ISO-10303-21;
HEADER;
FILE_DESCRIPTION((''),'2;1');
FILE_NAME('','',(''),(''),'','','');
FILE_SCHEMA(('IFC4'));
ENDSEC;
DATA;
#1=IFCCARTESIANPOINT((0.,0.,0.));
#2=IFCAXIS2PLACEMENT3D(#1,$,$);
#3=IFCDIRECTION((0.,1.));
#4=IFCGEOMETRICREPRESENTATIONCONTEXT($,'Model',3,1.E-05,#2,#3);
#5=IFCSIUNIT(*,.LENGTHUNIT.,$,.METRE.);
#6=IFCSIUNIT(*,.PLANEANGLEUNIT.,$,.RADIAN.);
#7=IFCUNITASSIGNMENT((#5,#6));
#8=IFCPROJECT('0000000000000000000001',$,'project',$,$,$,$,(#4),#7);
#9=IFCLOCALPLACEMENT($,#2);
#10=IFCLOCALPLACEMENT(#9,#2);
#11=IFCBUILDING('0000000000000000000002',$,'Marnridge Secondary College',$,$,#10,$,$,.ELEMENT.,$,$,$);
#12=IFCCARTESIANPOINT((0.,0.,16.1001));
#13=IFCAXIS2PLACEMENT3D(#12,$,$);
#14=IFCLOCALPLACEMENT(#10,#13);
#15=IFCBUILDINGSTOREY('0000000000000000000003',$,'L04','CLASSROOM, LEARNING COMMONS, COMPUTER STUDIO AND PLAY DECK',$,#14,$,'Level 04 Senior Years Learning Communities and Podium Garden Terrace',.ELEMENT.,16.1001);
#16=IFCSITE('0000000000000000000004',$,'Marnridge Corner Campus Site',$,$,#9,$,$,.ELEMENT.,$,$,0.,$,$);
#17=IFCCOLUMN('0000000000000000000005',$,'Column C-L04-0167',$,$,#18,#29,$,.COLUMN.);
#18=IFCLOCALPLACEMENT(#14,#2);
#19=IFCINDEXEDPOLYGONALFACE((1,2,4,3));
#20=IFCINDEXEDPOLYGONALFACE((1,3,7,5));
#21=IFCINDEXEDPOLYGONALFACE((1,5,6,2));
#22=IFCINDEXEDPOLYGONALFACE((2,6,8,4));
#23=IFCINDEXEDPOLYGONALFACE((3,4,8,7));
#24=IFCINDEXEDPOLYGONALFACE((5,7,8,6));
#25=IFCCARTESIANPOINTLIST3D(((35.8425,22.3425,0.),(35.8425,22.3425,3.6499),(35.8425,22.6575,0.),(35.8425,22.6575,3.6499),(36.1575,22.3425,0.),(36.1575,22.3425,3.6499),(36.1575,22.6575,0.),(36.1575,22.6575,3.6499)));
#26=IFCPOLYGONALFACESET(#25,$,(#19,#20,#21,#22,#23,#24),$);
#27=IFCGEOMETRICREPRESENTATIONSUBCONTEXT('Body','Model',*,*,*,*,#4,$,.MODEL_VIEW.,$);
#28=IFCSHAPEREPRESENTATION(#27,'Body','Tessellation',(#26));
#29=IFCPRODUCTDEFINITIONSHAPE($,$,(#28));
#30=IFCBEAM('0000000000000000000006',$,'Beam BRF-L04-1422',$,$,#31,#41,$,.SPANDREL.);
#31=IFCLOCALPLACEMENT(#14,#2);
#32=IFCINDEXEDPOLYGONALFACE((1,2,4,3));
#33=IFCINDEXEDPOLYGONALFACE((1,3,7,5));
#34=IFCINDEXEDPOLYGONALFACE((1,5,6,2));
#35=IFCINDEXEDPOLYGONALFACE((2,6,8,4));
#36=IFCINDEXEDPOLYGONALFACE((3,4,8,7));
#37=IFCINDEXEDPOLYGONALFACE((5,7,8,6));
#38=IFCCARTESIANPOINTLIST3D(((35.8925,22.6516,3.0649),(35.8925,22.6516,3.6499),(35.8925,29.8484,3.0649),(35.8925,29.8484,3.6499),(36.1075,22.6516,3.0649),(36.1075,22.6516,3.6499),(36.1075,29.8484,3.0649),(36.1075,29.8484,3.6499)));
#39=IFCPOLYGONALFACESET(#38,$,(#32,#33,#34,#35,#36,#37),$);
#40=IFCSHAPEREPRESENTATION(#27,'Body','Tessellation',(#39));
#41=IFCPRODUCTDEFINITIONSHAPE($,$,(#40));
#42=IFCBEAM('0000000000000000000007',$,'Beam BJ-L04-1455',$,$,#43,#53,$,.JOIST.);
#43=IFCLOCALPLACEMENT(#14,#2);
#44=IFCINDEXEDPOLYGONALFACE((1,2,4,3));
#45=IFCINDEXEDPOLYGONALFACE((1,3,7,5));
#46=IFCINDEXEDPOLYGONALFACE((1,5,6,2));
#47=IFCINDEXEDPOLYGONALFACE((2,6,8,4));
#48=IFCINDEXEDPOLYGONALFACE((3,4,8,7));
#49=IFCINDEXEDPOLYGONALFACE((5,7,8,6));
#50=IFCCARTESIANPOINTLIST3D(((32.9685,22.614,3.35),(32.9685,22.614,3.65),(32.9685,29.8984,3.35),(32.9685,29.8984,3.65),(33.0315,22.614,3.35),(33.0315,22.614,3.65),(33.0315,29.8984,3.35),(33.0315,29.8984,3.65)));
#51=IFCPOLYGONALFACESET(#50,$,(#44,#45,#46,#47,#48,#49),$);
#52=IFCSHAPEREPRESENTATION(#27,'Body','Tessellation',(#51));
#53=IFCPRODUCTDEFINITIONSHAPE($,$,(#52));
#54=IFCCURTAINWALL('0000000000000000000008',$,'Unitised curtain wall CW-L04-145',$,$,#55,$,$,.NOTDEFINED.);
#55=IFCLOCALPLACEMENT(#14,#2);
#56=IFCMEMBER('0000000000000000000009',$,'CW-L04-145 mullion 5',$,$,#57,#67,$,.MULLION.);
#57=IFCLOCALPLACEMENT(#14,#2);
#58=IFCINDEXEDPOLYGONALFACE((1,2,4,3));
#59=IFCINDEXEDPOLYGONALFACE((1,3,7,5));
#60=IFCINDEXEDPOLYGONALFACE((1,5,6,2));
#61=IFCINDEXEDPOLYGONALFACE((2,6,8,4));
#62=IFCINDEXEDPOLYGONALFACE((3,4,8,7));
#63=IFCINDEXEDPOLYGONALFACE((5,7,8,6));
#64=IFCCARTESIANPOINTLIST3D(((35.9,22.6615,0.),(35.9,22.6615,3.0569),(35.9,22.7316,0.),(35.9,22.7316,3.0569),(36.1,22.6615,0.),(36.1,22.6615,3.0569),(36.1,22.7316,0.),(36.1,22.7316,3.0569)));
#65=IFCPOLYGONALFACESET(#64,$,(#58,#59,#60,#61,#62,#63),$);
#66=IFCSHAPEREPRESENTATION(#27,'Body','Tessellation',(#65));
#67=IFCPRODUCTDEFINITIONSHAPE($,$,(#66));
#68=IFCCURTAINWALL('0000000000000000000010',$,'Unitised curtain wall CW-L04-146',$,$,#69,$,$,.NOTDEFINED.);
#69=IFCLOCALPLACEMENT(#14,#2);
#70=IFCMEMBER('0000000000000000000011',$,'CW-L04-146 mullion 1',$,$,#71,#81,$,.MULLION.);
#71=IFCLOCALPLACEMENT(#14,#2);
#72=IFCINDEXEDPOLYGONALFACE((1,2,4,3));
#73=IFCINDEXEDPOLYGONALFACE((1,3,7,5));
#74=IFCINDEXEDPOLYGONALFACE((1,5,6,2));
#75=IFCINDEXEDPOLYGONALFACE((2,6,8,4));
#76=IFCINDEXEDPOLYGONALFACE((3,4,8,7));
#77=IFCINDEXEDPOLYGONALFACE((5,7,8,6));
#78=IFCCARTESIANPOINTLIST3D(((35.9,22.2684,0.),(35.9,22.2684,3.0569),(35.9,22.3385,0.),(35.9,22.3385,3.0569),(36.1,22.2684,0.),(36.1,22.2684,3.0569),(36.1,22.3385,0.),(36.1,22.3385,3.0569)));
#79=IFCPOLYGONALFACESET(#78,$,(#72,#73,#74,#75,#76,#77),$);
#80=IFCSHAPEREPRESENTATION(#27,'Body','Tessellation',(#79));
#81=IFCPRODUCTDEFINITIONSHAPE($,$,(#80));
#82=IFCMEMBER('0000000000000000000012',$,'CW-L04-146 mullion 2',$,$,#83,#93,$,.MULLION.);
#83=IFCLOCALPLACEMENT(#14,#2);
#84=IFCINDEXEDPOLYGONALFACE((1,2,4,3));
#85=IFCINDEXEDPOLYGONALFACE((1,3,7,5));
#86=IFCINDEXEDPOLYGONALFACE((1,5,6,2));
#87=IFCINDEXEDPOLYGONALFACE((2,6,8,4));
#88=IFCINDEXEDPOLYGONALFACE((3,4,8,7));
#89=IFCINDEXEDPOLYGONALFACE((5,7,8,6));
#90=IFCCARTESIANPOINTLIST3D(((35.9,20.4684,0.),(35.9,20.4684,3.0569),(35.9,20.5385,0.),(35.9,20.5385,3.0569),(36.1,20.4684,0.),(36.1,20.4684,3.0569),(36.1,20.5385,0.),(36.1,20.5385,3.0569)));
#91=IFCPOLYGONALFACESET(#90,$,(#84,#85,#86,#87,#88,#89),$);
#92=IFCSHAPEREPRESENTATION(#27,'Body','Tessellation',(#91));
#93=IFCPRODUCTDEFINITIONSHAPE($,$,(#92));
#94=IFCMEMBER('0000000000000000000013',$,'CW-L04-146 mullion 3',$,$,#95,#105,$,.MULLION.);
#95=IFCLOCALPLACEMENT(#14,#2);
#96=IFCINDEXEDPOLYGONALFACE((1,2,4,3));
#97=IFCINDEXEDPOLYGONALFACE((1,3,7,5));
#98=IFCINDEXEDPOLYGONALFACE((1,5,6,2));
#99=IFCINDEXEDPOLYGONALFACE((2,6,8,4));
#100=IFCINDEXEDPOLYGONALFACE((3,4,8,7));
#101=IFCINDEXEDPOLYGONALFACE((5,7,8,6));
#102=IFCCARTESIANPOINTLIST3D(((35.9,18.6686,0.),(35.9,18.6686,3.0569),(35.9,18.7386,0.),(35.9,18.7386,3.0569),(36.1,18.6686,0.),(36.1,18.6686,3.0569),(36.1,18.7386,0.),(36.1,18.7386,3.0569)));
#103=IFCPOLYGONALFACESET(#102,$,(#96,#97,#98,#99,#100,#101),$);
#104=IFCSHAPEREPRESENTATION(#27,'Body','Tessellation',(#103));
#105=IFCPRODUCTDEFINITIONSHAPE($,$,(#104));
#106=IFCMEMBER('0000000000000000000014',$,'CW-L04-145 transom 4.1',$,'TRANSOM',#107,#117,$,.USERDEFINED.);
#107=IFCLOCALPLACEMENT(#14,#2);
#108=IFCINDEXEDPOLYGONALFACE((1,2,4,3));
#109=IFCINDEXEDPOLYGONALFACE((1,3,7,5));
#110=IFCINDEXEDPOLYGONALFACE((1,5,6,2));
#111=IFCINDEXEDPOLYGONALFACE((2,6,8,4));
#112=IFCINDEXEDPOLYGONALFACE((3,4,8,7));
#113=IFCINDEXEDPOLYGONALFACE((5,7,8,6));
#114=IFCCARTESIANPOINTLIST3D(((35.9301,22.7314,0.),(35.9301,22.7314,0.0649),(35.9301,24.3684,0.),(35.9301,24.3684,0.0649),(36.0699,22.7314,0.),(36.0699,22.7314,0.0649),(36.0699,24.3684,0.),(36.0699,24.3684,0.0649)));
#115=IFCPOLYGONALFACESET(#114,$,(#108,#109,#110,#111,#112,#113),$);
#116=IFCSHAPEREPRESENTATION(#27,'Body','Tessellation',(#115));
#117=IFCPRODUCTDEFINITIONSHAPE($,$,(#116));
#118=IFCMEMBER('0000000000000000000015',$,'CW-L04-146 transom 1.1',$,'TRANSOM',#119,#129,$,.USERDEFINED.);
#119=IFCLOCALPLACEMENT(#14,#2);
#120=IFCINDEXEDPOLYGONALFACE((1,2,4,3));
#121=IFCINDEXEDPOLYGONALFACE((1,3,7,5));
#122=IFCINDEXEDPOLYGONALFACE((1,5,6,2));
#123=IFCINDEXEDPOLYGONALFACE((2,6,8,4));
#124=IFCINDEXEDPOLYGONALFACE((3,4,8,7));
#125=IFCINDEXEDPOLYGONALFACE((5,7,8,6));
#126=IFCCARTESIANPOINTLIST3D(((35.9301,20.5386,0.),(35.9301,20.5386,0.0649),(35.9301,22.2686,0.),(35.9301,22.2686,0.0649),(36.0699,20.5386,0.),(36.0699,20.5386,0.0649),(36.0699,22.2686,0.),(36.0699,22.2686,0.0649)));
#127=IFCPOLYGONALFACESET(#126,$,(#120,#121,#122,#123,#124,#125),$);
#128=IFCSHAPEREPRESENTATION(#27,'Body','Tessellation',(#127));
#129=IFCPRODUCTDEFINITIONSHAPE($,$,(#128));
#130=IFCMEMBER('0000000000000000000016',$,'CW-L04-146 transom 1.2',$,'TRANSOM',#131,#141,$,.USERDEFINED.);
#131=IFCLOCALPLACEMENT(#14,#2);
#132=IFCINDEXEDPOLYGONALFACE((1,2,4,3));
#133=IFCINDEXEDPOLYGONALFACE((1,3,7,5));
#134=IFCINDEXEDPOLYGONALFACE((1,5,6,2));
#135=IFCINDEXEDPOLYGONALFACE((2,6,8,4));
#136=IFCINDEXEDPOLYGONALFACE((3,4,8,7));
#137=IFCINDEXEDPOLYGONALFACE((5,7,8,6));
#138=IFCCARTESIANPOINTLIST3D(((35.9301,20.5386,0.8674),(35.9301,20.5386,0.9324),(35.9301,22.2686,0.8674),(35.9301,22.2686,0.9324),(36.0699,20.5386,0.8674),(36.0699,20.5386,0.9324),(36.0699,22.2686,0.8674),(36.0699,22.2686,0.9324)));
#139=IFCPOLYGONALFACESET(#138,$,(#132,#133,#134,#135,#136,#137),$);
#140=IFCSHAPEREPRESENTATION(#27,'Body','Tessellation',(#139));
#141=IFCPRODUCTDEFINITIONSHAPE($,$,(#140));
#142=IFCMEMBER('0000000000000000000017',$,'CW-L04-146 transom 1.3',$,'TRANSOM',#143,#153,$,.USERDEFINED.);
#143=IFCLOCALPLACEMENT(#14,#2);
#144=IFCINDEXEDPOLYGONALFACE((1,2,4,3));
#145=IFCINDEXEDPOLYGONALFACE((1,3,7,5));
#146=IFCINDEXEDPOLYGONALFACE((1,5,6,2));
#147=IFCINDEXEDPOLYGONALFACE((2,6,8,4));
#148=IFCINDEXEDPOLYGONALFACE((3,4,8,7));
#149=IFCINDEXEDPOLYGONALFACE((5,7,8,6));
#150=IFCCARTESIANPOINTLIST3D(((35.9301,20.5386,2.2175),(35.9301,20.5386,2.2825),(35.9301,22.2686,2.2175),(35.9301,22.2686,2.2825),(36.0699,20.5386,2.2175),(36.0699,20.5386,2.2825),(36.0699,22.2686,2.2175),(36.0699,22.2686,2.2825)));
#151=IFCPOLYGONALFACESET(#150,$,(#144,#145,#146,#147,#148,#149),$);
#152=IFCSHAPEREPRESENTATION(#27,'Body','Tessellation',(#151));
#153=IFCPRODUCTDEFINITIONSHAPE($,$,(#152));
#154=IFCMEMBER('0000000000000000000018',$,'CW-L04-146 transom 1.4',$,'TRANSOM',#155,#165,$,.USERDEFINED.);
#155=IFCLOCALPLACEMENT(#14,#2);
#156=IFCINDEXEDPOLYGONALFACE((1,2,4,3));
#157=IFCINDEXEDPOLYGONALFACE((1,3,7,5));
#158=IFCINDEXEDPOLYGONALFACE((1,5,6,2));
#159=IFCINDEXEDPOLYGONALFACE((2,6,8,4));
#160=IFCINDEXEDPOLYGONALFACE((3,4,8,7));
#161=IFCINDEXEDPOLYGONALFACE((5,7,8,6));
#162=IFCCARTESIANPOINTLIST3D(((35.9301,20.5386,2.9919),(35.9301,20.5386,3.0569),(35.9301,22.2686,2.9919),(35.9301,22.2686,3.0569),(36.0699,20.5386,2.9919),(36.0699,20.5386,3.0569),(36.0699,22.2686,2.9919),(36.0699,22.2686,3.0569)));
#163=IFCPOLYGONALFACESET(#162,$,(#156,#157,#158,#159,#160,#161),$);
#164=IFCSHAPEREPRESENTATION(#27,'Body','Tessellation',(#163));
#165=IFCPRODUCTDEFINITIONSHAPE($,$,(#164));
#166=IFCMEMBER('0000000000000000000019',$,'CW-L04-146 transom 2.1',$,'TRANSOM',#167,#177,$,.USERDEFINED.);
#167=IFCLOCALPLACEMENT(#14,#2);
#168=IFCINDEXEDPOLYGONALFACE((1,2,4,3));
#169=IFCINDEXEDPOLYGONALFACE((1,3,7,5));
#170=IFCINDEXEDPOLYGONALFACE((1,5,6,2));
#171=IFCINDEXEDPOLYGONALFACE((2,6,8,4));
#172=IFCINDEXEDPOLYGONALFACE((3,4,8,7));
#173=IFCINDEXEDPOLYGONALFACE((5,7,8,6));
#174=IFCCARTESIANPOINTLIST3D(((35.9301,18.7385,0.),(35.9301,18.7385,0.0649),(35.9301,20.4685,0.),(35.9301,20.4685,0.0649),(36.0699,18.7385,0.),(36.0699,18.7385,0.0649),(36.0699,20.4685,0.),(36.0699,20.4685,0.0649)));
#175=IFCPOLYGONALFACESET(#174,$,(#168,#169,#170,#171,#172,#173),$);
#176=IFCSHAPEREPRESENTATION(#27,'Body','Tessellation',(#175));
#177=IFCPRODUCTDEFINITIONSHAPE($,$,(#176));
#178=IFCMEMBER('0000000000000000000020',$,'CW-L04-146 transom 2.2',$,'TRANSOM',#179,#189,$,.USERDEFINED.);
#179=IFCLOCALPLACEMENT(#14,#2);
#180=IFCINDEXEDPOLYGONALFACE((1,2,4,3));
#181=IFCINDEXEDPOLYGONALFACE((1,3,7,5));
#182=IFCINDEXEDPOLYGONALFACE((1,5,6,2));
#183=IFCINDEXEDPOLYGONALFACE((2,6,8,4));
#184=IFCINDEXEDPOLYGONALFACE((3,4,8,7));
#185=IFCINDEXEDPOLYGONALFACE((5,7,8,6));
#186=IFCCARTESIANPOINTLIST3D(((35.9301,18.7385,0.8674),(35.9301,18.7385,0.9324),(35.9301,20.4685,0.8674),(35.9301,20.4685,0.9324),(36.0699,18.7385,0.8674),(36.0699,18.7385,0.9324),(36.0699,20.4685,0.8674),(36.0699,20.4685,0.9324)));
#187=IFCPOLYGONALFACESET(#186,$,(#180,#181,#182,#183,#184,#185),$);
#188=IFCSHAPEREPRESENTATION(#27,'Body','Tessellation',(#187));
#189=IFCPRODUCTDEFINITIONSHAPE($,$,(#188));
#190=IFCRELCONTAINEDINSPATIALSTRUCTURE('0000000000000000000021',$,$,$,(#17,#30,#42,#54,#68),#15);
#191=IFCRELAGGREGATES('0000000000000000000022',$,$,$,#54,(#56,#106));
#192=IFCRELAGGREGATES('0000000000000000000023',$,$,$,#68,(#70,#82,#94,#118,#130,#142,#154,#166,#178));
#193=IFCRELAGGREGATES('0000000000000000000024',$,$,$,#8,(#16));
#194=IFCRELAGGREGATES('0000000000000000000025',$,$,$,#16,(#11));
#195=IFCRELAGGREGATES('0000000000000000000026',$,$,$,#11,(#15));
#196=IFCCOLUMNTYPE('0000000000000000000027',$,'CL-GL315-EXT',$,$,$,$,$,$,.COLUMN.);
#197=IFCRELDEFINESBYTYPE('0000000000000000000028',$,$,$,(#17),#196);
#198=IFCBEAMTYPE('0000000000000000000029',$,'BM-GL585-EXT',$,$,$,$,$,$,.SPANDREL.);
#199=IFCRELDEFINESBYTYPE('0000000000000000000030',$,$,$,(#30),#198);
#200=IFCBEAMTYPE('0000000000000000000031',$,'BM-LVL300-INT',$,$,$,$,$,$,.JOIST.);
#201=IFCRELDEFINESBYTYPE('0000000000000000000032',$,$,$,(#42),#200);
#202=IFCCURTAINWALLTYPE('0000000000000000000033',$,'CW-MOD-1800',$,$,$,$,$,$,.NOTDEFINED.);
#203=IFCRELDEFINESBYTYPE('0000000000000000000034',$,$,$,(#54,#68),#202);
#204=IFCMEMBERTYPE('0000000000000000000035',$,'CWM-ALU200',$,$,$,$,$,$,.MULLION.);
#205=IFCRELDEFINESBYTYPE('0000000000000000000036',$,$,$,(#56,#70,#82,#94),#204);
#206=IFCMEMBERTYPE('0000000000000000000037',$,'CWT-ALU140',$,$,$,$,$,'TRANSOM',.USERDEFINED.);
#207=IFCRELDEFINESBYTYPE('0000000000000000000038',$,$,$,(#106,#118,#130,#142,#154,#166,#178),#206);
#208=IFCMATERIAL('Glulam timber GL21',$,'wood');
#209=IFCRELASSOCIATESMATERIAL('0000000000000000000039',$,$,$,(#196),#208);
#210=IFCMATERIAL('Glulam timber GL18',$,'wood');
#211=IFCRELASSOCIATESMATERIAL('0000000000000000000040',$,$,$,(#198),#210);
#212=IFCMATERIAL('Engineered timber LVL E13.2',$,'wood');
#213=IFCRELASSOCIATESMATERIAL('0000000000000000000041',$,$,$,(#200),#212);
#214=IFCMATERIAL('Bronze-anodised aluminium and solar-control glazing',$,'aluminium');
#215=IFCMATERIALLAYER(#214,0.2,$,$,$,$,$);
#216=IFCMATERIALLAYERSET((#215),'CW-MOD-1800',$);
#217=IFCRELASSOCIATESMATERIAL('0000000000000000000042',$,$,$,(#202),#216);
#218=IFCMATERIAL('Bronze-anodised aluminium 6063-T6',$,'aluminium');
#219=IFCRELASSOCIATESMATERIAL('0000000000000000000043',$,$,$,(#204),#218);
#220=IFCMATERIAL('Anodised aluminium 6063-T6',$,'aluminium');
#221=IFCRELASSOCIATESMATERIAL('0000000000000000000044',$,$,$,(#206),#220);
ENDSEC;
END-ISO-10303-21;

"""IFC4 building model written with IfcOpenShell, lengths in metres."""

from ifc_helpers import new_model, si_unit, direction, frame, origin, origin_2d, place, context, subcontext, project, spatial, rectangle, extrude, material, layer, layer_set, material_profile, profile_set, type_object, element, aggregate, save


model = new_model("IFC4")

# Units and contexts
model_context = context("Model", 3, precision=1e-05, world=origin(), true_north=direction((0.0, 1.0)))
body_context = subcontext(model_context, "Body", "Model", "MODEL_VIEW")
ifc_project = project(units=[si_unit("LENGTHUNIT", "METRE"), si_unit("PLANEANGLEUNIT", "RADIAN")], contexts=[model_context])

# Site, building, storey
site_placement = place(None, origin())
site = spatial("IfcSite", under=ifc_project, at=site_placement, Name="Marnridge Corner Campus Site", CompositionType="ELEMENT", RefElevation=0.0)
building_placement = place(site_placement, origin())
building = spatial("IfcBuilding", under=site, at=building_placement, Name="Marnridge Secondary College", CompositionType="ELEMENT")
storey_placement = place(building_placement, frame((0.0, 0.0, 16.1001)))
storey = spatial("IfcBuildingStorey", under=building, at=storey_placement, Name="L04", Description="CLASSROOM, LEARNING COMMONS, COMPUTER STUDIO AND PLAY DECK", LongName="Level 04 Senior Years Learning Communities and Podium Garden Terrace", CompositionType="ELEMENT", Elevation=16.1001)

# Column
ifc_material_1 = material(Name="Glulam timber GL21", Category="wood")
ifc_material_profile_1 = material_profile(ifc_material_1, rectangle(XDim=0.3149, YDim=0.3149, at=origin_2d()), Name="GL21 315x315")
ifc_profile_set_1 = profile_set([ifc_material_profile_1], Name="Glulam timber GL21")
column_type = type_object("IfcColumnType", Name="CL-GL315-EXT", PredefinedType="COLUMN", material=ifc_profile_set_1)
column_placement = place(storey_placement, frame((36.0, 22.5, 0.0), z_axis=(0.0, 0.0, 1.0), x_axis=(1.0, 0.0, 0.0)))
element("IfcColumn", 1, at=column_placement, inside=storey, type_object=column_type, Name="Column C-L04-0167", PredefinedType="COLUMN", context=body_context, shape_type="SweptSolid", body=[
    extrude(rectangle(XDim=0.3149, YDim=0.3149, at=origin_2d()), origin(), (0.0, 0.0, 1.0), 3.6499),
])

# Beams
ifc_material_2 = material(Name="Glulam timber GL18", Category="wood")
ifc_material_profile_2 = material_profile(ifc_material_2, rectangle(XDim=0.2151, YDim=0.585, at=origin_2d()), Name="GL18 215x585")
ifc_profile_set_2 = profile_set([ifc_material_profile_2], Name="Glulam timber GL18")
beam_type_1 = type_object("IfcBeamType", Name="BM-GL585-EXT", PredefinedType="SPANDREL", material=ifc_profile_set_2)
beam_1_placement = place(storey_placement, frame((36.0, 22.6516, 3.3574), z_axis=(0.0, 1.0, 0.0), x_axis=(-1.0, 0.0, 0.0)))
element("IfcBeam", 2, at=beam_1_placement, inside=storey, type_object=beam_type_1, Name="Beam BRF-L04-1422", PredefinedType="SPANDREL", context=body_context, shape_type="SweptSolid", body=[
    extrude(rectangle(XDim=0.2151, YDim=0.585, at=origin_2d()), origin(), (0.0, 0.0, 1.0), 7.1968),
])
ifc_material_3 = material(Name="Engineered timber LVL E13.2", Category="wood")
ifc_material_profile_3 = material_profile(ifc_material_3, rectangle(XDim=0.063, YDim=0.3, at=origin_2d()), Name="LVL 63x300")
ifc_profile_set_3 = profile_set([ifc_material_profile_3], Name="Engineered timber LVL E13.2")
beam_type_2 = type_object("IfcBeamType", Name="BM-LVL300-INT", PredefinedType="JOIST", material=ifc_profile_set_3)
beam_2_placement = place(storey_placement, frame((33.0, 22.614, 3.5), z_axis=(0.0, 1.0, 0.0), x_axis=(-1.0, 0.0, 0.0)))
element("IfcBeam", 3, at=beam_2_placement, inside=storey, type_object=beam_type_2, Name="Beam BJ-L04-1455", PredefinedType="JOIST", context=body_context, shape_type="SweptSolid", body=[
    extrude(rectangle(XDim=0.063, YDim=0.3, at=origin_2d()), origin(), (0.0, 0.0, 1.0), 7.2844),
])

# Curtain wall, member
ifc_material_4 = material(Name="Bronze-anodised aluminium and solar-control glazing", Category="aluminium")
ifc_layer_1 = layer(ifc_material_4, 0.2)
ifc_layer_set_1 = layer_set([ifc_layer_1], Name="CW-MOD-1800")
curtain_wall_type = type_object("IfcCurtainWallType", Name="CW-MOD-1800", PredefinedType="NOTDEFINED", material=ifc_layer_set_1)
curtain_wall_1_placement = place(storey_placement, origin())
curtain_wall_1 = element("IfcCurtainWall", 4, at=curtain_wall_1_placement, inside=storey, type_object=curtain_wall_type, Name="Unitised curtain wall CW-L04-145", PredefinedType="NOTDEFINED")
ifc_material_5 = material(Name="Bronze-anodised aluminium 6063-T6", Category="aluminium")
ifc_material_profile_4 = material_profile(ifc_material_5, rectangle(XDim=0.0701, YDim=0.2, at=origin_2d()), Name="ALU 70x200")
ifc_profile_set_4 = profile_set([ifc_material_profile_4], Name="Bronze-anodised aluminium 6063-T6")
member_type_1 = type_object("IfcMemberType", Name="CWM-ALU200", PredefinedType="MULLION", material=ifc_profile_set_4)
member_1_placement = place(storey_placement, frame((36.0, 22.6965, 0.0), z_axis=(0.0, 0.0, 1.0), x_axis=(0.0, -1.0, 0.0)))
member_1 = element("IfcMember", 5, at=member_1_placement, type_object=member_type_1, Name="CW-L04-145 mullion 5", PredefinedType="MULLION", context=body_context, shape_type="SweptSolid", body=[
    extrude(rectangle(XDim=0.0701, YDim=0.2, at=origin_2d()), origin(), (0.0, 0.0, 1.0), 3.0569),
])

# Curtain wall, members
curtain_wall_2_placement = place(storey_placement, origin())
curtain_wall_2 = element("IfcCurtainWall", 6, at=curtain_wall_2_placement, inside=storey, type_object=curtain_wall_type, Name="Unitised curtain wall CW-L04-146", PredefinedType="NOTDEFINED")
member_2_placement = place(storey_placement, frame((36.0, 22.3035, 0.0), z_axis=(0.0, 0.0, 1.0), x_axis=(0.0, -1.0, 0.0)))
member_2 = element("IfcMember", 7, at=member_2_placement, type_object=member_type_1, Name="CW-L04-146 mullion 1", PredefinedType="MULLION", context=body_context, shape_type="SweptSolid", body=[
    extrude(rectangle(XDim=0.0701, YDim=0.2, at=origin_2d()), origin(), (0.0, 0.0, 1.0), 3.0569),
])
member_3_placement = place(storey_placement, frame((36.0, 20.5034, 0.0), z_axis=(0.0, 0.0, 1.0), x_axis=(0.0, -1.0, 0.0)))
member_3 = element("IfcMember", 8, at=member_3_placement, type_object=member_type_1, Name="CW-L04-146 mullion 2", PredefinedType="MULLION", context=body_context, shape_type="SweptSolid", body=[
    extrude(rectangle(XDim=0.0701, YDim=0.2, at=origin_2d()), origin(), (0.0, 0.0, 1.0), 3.0569),
])
member_4_placement = place(storey_placement, frame((36.0, 18.7036, 0.0), z_axis=(0.0, 0.0, 1.0), x_axis=(0.0, -1.0, 0.0)))
member_4 = element("IfcMember", 9, at=member_4_placement, type_object=member_type_1, Name="CW-L04-146 mullion 3", PredefinedType="MULLION", context=body_context, shape_type="SweptSolid", body=[
    extrude(rectangle(XDim=0.0701, YDim=0.2, at=origin_2d()), origin(), (0.0, 0.0, 1.0), 3.0569),
])

# Members
ifc_material_6 = material(Name="Anodised aluminium 6063-T6", Category="aluminium")
ifc_material_profile_5 = material_profile(ifc_material_6, rectangle(XDim=0.0649, YDim=0.1399, at=origin_2d()), Name="ALU 65x140")
ifc_profile_set_5 = profile_set([ifc_material_profile_5], Name="Anodised aluminium 6063-T6")
member_type_2 = type_object("IfcMemberType", Name="CWT-ALU140", ElementType="TRANSOM", PredefinedType="USERDEFINED", material=ifc_profile_set_5)
member_5_placement = place(storey_placement, frame((36.0, 24.3684, 0.0325), z_axis=(0.0, -1.0, 0.0), x_axis=(0.0, 0.0, 1.0)))
member_5 = element("IfcMember", 10, at=member_5_placement, type_object=member_type_2, Name="CW-L04-145 transom 4.1", ObjectType="TRANSOM", PredefinedType="USERDEFINED", context=body_context, shape_type="SweptSolid", body=[
    extrude(rectangle(XDim=0.0649, YDim=0.1399, at=origin_2d()), origin(), (0.0, 0.0, 1.0), 1.637),
])
member_6_placement = place(storey_placement, frame((36.0, 22.2686, 0.0325), z_axis=(0.0, -1.0, 0.0), x_axis=(0.0, 0.0, 1.0)))
member_6 = element("IfcMember", 11, at=member_6_placement, type_object=member_type_2, Name="CW-L04-146 transom 1.1", ObjectType="TRANSOM", PredefinedType="USERDEFINED", context=body_context, shape_type="SweptSolid", body=[
    extrude(rectangle(XDim=0.0649, YDim=0.1399, at=origin_2d()), origin(), (0.0, 0.0, 1.0), 1.73),
])
member_7_placement = place(storey_placement, frame((36.0, 22.2686, 0.8999), z_axis=(0.0, -1.0, 0.0), x_axis=(0.0, 0.0, 1.0)))
member_7 = element("IfcMember", 12, at=member_7_placement, type_object=member_type_2, Name="CW-L04-146 transom 1.2", ObjectType="TRANSOM", PredefinedType="USERDEFINED", context=body_context, shape_type="SweptSolid", body=[
    extrude(rectangle(XDim=0.0649, YDim=0.1399, at=origin_2d()), origin(), (0.0, 0.0, 1.0), 1.73),
])
member_8_placement = place(storey_placement, frame((36.0, 22.2686, 2.25), z_axis=(0.0, -1.0, 0.0), x_axis=(0.0, 0.0, 1.0)))
member_8 = element("IfcMember", 13, at=member_8_placement, type_object=member_type_2, Name="CW-L04-146 transom 1.3", ObjectType="TRANSOM", PredefinedType="USERDEFINED", context=body_context, shape_type="SweptSolid", body=[
    extrude(rectangle(XDim=0.0649, YDim=0.1399, at=origin_2d()), origin(), (0.0, 0.0, 1.0), 1.73),
])
member_9_placement = place(storey_placement, frame((36.0, 22.2686, 3.0244), z_axis=(0.0, -1.0, 0.0), x_axis=(0.0, 0.0, 1.0)))
member_9 = element("IfcMember", 14, at=member_9_placement, type_object=member_type_2, Name="CW-L04-146 transom 1.4", ObjectType="TRANSOM", PredefinedType="USERDEFINED", context=body_context, shape_type="SweptSolid", body=[
    extrude(rectangle(XDim=0.0649, YDim=0.1399, at=origin_2d()), origin(), (0.0, 0.0, 1.0), 1.73),
])
member_10_placement = place(storey_placement, frame((36.0, 20.4685, 0.0325), z_axis=(0.0, -1.0, 0.0), x_axis=(0.0, 0.0, 1.0)))
member_10 = element("IfcMember", 15, at=member_10_placement, type_object=member_type_2, Name="CW-L04-146 transom 2.1", ObjectType="TRANSOM", PredefinedType="USERDEFINED", context=body_context, shape_type="SweptSolid", body=[
    extrude(rectangle(XDim=0.0649, YDim=0.1399, at=origin_2d()), origin(), (0.0, 0.0, 1.0), 1.73),
])
member_11_placement = place(storey_placement, frame((36.0, 20.4685, 0.8999), z_axis=(0.0, -1.0, 0.0), x_axis=(0.0, 0.0, 1.0)))
member_11 = element("IfcMember", 16, at=member_11_placement, type_object=member_type_2, Name="CW-L04-146 transom 2.2", ObjectType="TRANSOM", PredefinedType="USERDEFINED", context=body_context, shape_type="SweptSolid", body=[
    extrude(rectangle(XDim=0.0649, YDim=0.1399, at=origin_2d()), origin(), (0.0, 0.0, 1.0), 1.73),
])

aggregate(curtain_wall_1, [member_1, member_5])
aggregate(curtain_wall_2, [member_2, member_3, member_4, member_6, member_7, member_8, member_9, member_10, member_11])

save(model, "model.ifc")
